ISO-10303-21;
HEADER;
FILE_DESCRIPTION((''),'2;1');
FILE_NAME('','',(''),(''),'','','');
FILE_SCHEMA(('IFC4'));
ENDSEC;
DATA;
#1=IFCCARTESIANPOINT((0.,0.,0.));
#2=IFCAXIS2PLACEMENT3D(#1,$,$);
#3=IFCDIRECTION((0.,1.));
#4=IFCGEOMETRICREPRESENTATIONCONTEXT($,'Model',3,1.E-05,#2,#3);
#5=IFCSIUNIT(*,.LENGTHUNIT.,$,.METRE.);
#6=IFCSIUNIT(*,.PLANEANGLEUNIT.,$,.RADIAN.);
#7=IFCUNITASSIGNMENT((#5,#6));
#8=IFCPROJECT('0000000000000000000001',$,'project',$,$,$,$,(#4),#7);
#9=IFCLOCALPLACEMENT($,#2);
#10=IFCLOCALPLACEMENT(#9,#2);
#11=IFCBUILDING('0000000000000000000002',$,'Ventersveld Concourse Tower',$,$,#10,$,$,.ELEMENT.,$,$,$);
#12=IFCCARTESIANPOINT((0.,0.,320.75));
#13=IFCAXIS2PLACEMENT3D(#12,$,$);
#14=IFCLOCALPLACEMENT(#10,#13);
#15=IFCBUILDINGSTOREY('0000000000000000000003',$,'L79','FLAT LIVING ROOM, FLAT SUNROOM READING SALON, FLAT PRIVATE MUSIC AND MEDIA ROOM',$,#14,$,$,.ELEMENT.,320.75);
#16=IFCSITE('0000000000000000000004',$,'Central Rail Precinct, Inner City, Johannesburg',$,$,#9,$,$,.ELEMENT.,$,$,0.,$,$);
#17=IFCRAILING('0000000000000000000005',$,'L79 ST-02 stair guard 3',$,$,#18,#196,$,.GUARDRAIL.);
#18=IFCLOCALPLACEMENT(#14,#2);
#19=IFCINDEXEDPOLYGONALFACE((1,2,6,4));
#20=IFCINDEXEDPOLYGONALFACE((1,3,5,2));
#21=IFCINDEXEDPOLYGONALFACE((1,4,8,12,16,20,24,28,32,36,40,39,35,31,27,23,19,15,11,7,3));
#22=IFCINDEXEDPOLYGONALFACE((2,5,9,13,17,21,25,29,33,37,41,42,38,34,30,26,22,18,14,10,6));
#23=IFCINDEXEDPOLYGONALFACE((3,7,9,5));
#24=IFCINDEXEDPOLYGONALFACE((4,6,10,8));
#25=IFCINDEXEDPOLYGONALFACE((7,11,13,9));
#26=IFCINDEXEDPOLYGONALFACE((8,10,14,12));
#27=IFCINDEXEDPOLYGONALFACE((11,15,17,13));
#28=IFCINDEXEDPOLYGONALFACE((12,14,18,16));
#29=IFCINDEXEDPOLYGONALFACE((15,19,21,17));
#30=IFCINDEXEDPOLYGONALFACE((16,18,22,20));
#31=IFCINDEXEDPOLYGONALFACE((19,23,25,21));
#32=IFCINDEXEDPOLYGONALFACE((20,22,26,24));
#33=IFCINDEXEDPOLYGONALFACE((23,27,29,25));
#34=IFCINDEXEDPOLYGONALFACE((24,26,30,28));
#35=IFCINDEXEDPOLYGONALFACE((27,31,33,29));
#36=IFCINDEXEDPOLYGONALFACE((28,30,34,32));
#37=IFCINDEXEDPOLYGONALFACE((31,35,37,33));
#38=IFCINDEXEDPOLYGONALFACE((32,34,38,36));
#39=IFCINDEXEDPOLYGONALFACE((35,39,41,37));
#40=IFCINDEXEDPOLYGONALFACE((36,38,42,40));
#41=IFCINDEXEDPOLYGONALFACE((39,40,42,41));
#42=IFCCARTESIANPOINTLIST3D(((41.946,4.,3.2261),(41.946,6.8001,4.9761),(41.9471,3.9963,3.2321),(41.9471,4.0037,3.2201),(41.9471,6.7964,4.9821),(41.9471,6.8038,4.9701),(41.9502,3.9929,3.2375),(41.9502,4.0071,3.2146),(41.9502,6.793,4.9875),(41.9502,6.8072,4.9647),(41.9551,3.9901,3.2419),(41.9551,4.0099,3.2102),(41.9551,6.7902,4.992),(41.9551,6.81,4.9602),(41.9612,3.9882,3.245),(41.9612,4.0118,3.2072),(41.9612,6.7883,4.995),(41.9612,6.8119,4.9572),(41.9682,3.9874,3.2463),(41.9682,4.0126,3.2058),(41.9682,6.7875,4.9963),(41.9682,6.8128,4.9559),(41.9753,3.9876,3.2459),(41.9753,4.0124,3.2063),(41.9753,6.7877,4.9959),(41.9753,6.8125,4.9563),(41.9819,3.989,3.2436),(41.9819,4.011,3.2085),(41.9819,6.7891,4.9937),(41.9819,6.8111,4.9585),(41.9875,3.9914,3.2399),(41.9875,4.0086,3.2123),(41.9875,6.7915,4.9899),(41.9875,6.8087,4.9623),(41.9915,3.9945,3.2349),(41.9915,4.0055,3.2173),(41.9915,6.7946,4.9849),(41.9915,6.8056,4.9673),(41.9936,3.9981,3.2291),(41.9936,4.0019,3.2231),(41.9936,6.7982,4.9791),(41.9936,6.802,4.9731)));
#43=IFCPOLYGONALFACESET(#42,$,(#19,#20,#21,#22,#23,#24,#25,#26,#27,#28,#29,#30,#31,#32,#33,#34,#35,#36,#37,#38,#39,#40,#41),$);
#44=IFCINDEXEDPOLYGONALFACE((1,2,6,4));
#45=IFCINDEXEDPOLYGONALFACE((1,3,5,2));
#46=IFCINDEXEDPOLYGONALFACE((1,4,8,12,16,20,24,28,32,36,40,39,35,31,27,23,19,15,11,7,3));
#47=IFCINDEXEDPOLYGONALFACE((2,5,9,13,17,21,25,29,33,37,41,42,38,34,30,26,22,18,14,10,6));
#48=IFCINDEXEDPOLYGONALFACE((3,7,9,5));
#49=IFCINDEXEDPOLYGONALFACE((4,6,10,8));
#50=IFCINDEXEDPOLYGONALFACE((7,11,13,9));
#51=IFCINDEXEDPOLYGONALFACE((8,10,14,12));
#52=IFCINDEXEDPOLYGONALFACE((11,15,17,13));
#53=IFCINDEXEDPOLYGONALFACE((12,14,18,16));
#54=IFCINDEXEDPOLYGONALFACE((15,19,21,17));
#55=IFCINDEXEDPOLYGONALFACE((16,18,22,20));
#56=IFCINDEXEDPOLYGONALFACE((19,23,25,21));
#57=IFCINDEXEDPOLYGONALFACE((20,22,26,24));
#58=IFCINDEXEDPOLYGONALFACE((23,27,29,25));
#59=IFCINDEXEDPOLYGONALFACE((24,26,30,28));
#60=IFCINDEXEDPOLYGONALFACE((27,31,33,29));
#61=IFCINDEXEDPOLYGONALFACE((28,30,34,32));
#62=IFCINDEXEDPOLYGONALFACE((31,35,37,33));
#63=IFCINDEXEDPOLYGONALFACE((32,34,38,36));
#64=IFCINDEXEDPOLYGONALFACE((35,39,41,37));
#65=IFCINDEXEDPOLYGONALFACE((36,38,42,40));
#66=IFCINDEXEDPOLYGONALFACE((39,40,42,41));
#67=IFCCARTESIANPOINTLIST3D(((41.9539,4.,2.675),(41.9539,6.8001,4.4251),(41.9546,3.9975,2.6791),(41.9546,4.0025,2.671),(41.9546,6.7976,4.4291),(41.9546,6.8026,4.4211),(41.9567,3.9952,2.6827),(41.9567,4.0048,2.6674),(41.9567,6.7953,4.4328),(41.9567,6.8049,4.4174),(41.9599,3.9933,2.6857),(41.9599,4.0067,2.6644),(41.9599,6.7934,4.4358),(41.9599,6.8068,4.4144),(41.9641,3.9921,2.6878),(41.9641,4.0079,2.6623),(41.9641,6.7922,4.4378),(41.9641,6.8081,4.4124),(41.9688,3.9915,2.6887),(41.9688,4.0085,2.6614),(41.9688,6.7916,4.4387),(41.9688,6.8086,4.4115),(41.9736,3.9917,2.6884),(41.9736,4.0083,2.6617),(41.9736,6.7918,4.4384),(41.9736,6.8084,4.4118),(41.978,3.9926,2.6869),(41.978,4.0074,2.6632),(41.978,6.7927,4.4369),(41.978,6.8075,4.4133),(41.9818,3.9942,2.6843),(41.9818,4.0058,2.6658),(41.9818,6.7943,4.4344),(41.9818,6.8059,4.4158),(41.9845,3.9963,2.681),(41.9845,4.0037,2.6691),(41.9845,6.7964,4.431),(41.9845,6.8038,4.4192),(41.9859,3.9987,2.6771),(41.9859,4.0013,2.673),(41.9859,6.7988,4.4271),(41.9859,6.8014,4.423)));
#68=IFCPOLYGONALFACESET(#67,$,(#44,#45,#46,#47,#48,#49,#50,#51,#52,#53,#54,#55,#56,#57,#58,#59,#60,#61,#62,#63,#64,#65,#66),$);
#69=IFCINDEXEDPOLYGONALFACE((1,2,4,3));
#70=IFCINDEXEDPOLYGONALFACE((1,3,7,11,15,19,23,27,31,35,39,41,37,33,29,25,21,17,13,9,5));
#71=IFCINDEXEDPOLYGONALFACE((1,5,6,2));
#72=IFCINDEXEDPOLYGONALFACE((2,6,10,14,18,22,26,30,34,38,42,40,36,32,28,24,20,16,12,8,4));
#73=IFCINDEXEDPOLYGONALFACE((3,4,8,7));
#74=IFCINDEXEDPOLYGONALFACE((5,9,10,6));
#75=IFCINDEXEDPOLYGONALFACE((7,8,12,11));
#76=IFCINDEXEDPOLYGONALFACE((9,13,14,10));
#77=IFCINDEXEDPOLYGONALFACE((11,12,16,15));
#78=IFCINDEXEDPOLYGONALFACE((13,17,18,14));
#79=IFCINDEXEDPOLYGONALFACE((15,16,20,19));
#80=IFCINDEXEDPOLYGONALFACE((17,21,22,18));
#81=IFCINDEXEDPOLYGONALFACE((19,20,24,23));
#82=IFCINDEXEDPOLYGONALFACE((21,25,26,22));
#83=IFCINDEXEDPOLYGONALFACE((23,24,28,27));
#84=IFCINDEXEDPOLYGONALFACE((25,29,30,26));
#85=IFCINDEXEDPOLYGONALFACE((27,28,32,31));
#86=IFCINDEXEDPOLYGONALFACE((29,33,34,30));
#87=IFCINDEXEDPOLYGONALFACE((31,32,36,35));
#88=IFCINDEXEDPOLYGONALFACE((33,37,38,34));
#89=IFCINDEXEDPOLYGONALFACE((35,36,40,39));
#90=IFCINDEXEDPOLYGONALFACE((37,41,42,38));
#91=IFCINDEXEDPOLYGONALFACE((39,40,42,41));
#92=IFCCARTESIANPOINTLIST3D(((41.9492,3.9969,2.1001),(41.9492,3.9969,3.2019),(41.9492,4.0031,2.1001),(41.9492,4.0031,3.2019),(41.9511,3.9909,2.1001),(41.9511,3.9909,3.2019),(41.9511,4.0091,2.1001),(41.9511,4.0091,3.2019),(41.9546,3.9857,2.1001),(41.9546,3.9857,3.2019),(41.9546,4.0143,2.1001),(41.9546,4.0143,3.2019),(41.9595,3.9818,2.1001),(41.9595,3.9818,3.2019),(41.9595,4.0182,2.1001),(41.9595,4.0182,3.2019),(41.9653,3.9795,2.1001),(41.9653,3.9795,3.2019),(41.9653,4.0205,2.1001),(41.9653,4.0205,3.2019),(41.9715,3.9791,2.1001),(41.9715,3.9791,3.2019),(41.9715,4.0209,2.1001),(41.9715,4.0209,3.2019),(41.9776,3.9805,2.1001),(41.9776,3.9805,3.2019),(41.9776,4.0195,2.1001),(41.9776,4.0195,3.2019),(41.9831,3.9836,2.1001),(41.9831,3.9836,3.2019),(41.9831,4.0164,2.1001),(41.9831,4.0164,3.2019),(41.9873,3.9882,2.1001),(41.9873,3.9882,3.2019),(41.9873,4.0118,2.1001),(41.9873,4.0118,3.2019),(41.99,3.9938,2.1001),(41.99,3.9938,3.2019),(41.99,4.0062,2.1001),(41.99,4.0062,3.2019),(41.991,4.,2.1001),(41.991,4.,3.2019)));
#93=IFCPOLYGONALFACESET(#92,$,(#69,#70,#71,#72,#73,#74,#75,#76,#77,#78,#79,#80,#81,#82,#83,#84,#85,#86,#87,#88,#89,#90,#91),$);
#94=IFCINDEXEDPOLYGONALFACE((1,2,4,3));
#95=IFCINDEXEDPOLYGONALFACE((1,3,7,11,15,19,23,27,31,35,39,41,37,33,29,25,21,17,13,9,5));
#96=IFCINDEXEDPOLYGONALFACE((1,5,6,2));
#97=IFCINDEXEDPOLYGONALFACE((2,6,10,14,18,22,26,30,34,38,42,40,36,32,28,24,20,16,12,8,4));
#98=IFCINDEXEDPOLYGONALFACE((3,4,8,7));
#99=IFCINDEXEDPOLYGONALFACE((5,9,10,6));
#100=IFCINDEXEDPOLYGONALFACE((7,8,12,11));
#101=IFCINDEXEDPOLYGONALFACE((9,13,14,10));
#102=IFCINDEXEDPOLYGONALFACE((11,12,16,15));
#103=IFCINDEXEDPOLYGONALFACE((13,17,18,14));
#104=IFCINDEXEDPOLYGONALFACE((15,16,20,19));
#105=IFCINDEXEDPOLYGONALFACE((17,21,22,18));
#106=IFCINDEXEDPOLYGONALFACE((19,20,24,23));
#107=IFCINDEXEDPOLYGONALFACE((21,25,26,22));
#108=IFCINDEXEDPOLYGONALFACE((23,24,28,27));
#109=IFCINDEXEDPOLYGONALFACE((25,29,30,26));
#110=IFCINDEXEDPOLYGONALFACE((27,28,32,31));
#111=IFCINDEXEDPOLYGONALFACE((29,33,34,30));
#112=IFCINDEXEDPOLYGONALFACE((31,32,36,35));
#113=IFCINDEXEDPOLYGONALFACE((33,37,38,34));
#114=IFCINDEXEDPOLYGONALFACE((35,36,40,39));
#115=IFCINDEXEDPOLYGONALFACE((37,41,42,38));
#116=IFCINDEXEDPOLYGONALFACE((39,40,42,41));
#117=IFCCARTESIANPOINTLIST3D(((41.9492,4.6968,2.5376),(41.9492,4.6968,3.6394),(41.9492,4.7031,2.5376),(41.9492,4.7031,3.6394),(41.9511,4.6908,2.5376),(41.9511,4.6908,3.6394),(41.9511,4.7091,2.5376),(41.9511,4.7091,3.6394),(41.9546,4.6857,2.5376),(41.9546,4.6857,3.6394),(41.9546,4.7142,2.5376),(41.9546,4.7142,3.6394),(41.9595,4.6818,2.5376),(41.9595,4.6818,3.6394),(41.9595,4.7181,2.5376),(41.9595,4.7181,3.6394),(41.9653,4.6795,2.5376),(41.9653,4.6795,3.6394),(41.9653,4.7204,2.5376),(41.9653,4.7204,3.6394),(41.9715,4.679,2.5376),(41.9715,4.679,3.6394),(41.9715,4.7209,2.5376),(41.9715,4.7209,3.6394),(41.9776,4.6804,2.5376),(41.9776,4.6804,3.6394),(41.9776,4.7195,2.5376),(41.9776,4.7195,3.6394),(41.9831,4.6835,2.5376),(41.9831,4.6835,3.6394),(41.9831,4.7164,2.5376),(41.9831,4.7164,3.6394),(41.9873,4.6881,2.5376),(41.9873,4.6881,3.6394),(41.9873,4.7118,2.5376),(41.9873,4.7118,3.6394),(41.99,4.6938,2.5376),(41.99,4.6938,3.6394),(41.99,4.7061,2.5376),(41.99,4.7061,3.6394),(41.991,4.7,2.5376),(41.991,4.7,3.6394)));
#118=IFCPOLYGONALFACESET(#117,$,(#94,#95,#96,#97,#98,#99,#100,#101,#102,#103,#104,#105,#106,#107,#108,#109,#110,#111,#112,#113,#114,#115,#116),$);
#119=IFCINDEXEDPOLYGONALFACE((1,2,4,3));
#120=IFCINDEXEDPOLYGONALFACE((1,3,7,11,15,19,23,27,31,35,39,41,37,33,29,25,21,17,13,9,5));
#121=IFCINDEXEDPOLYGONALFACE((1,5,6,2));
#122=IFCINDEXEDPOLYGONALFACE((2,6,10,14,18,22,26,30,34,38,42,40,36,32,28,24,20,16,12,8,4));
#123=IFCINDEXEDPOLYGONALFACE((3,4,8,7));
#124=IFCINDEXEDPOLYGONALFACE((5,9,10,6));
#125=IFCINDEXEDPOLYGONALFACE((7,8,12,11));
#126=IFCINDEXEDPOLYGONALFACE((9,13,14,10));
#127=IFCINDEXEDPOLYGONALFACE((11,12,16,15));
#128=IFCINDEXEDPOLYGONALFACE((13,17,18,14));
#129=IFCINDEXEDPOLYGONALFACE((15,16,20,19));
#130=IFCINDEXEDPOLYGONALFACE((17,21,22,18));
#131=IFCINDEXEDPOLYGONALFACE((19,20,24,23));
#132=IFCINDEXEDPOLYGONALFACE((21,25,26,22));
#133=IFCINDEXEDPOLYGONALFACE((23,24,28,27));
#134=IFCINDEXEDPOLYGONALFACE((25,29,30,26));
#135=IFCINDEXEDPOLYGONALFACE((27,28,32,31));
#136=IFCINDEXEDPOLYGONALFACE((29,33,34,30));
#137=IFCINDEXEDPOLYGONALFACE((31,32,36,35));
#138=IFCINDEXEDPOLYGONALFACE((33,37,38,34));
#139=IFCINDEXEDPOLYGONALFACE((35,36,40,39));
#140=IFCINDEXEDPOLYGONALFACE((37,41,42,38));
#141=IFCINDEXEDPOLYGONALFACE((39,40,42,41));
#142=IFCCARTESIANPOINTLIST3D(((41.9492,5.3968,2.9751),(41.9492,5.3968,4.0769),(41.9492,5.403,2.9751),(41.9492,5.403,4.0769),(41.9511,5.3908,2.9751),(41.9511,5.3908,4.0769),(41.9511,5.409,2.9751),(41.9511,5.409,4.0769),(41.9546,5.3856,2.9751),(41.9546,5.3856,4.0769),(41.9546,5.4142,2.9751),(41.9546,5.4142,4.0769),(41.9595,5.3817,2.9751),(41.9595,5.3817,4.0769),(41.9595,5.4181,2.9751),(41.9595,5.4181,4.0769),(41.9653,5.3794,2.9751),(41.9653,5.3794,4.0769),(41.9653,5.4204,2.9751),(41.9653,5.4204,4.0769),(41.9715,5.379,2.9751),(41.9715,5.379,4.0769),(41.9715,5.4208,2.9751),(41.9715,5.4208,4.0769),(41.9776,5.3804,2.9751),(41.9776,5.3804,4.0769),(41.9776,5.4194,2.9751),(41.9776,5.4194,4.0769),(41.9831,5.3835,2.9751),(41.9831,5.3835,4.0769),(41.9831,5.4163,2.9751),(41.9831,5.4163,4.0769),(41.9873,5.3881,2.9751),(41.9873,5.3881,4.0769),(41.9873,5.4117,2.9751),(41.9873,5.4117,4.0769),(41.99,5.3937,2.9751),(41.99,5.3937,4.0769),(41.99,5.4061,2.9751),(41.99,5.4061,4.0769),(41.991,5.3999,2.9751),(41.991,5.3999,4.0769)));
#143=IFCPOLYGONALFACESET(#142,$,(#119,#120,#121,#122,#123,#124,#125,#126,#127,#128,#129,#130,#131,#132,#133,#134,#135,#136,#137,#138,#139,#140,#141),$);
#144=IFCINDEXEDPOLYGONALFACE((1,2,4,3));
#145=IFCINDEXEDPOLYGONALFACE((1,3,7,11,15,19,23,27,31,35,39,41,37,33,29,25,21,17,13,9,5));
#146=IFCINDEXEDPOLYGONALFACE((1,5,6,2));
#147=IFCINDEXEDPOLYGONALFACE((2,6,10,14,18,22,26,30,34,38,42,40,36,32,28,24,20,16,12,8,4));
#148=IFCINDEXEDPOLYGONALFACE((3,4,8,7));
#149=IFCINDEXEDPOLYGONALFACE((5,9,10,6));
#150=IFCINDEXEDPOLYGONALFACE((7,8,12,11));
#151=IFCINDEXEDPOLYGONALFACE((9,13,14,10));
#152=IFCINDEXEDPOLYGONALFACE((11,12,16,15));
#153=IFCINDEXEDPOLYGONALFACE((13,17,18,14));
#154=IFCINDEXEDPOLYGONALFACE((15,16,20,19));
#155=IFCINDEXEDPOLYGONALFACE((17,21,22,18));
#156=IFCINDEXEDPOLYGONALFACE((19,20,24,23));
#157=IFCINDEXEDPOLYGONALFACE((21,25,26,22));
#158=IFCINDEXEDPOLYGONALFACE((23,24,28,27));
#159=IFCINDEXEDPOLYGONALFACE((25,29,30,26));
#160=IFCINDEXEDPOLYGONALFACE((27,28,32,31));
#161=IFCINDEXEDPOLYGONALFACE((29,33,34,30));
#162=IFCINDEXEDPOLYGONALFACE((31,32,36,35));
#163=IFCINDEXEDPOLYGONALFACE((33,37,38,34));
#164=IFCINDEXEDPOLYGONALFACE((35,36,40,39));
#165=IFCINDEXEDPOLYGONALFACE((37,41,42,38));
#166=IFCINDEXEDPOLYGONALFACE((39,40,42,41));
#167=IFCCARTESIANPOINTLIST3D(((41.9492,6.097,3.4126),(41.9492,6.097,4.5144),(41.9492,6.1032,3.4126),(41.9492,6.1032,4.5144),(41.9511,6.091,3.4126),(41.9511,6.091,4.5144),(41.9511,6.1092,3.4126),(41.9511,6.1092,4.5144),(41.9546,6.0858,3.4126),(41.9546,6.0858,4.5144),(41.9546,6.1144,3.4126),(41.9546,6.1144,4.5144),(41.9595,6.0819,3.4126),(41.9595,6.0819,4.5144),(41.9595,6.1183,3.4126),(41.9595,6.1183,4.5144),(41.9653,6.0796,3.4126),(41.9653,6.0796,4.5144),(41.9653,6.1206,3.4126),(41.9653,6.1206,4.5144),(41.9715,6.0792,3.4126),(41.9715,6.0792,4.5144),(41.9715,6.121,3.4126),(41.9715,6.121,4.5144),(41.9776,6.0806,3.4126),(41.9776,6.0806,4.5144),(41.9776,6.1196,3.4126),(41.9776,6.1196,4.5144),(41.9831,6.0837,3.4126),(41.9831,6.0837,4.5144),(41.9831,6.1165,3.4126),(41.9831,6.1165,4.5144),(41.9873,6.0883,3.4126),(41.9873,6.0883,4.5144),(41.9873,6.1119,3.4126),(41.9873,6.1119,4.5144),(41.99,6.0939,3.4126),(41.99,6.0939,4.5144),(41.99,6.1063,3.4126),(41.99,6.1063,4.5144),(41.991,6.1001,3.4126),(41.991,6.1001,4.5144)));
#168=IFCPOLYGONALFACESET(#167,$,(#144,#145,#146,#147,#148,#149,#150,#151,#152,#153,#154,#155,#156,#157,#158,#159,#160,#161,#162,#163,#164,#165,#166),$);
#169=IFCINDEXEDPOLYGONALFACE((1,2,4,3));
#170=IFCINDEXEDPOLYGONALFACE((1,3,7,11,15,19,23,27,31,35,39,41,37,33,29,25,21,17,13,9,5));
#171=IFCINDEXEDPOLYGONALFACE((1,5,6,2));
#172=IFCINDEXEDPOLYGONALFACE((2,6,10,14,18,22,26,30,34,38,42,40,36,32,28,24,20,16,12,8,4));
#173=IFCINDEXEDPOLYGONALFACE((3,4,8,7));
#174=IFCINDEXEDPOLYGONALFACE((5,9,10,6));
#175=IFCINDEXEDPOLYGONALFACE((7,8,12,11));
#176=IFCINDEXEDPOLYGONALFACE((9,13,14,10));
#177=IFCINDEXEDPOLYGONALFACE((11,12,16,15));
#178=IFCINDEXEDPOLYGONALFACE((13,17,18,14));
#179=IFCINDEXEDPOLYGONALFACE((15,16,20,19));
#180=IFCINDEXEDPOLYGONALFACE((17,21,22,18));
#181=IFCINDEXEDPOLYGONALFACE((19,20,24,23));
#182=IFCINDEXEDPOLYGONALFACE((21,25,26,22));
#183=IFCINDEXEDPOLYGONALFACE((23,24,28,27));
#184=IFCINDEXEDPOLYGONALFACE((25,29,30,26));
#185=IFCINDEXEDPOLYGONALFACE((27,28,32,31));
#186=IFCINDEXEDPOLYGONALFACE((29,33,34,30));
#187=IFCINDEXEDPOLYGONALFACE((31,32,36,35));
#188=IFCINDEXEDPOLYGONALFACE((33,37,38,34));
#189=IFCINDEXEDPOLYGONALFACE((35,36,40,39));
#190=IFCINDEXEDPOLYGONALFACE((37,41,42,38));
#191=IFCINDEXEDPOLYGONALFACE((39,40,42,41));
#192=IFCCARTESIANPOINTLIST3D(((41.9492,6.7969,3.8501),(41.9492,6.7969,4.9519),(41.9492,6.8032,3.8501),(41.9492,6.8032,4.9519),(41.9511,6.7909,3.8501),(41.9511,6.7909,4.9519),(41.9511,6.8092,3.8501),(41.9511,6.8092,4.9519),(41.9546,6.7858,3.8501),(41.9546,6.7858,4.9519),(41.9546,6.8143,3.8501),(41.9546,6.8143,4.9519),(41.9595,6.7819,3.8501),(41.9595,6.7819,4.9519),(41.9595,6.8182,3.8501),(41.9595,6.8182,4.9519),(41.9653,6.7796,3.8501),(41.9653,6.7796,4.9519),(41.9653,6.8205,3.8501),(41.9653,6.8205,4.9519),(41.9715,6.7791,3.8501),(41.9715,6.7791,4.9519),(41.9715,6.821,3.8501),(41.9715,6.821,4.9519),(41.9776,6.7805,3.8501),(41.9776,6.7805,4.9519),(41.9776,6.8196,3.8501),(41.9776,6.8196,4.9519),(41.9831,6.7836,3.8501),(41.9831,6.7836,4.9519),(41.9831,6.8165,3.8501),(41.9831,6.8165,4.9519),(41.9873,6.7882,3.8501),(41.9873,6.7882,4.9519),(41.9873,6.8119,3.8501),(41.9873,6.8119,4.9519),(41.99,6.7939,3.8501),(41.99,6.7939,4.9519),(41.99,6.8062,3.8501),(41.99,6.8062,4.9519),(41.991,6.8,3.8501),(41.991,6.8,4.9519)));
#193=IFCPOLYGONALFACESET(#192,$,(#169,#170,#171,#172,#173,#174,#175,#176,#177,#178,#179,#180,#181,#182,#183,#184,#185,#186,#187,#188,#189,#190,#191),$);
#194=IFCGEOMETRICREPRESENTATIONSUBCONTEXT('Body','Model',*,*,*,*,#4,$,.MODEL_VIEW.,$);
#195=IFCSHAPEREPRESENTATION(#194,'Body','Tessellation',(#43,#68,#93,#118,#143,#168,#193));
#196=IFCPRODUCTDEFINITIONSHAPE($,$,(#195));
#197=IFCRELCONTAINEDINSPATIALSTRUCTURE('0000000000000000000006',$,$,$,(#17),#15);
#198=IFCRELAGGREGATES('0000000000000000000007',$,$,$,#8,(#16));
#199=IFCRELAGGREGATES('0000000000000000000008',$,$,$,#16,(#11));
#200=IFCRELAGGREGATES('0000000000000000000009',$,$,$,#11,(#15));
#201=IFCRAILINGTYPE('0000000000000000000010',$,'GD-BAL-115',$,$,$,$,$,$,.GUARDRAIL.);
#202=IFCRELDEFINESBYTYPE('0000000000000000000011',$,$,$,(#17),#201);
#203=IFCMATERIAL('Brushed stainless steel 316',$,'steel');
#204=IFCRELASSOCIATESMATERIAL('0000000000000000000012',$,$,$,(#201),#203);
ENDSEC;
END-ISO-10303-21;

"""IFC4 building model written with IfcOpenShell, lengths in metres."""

from ifc_helpers import new_model, si_unit, direction, frame, origin, origin_2d, place, context, subcontext, project, spatial, circle, extrude, material, type_object, element, save


model = new_model("IFC4")

# Units and contexts
model_context = context("Model", 3, precision=1e-05, world=origin(), true_north=direction((0.0, 1.0)))
body_context = subcontext(model_context, "Body", "Model", "MODEL_VIEW")
ifc_project = project(units=[si_unit("LENGTHUNIT", "METRE"), si_unit("PLANEANGLEUNIT", "RADIAN")], contexts=[model_context])

# Site, building, storey
site_placement = place(None, origin())
site = spatial("IfcSite", under=ifc_project, at=site_placement, Name="Central Rail Precinct, Inner City, Johannesburg", CompositionType="ELEMENT", RefElevation=0.0)
building_placement = place(site_placement, origin())
building = spatial("IfcBuilding", under=site, at=building_placement, Name="Ventersveld Concourse Tower", CompositionType="ELEMENT")
storey_placement = place(building_placement, frame((0.0, 0.0, 320.75)))
storey = spatial("IfcBuildingStorey", under=building, at=storey_placement, Name="L79", Description="FLAT LIVING ROOM, FLAT SUNROOM READING SALON, FLAT PRIVATE MUSIC AND MEDIA ROOM", CompositionType="ELEMENT", Elevation=320.75)

# Shared definitions
ifc_material_1 = material(Name="Brushed stainless steel 316", Category="steel")

# Railing
railing_type_1 = type_object("IfcRailingType", Name="GD-BAL-115", PredefinedType="GUARDRAIL", material=ifc_material_1)
railing_1_placement = place(storey_placement, frame((41.97, 4.0, 2.1001)))
element("IfcRailing", 1, at=railing_1_placement, inside=storey, type_object=railing_type_1, Name="L79 ST-02 stair guard 3", PredefinedType="GUARDRAIL", context=body_context, shape_type="SweptSolid", body=[
    extrude(circle(Radius=0.0239, at=origin_2d()), frame((0.0, 0.0, 1.126), z_axis=(0.0, 0.848002, 0.529992), x_axis=(-1.0, 0.0, 0.0)), (0.0, 0.0, 1.0), 3.302),
    extrude(circle(Radius=0.0161, at=origin_2d()), frame((0.0, 0.0, 0.575), z_axis=(0.0, 0.848002, 0.529992), x_axis=(-1.0, 0.0, 0.0)), (0.0, 0.0, 1.0), 3.302),
    extrude(circle(Radius=0.021, at=origin_2d()), origin(), (0.0, 0.0, 1.0), 1.1018),
    extrude(circle(Radius=0.021, at=origin_2d()), frame((0.0, 0.7, 0.4375)), (0.0, 0.0, 1.0), 1.1018),
    extrude(circle(Radius=0.021, at=origin_2d()), frame((0.0, 1.3999, 0.875)), (0.0, 0.0, 1.0), 1.1018),
    extrude(circle(Radius=0.021, at=origin_2d()), frame((0.0, 2.1001, 1.3125)), (0.0, 0.0, 1.0), 1.1018),
    extrude(circle(Radius=0.021, at=origin_2d()), frame((0.0, 2.8, 1.75)), (0.0, 0.0, 1.0), 1.1018),
])

save(model, "model.ifc")
